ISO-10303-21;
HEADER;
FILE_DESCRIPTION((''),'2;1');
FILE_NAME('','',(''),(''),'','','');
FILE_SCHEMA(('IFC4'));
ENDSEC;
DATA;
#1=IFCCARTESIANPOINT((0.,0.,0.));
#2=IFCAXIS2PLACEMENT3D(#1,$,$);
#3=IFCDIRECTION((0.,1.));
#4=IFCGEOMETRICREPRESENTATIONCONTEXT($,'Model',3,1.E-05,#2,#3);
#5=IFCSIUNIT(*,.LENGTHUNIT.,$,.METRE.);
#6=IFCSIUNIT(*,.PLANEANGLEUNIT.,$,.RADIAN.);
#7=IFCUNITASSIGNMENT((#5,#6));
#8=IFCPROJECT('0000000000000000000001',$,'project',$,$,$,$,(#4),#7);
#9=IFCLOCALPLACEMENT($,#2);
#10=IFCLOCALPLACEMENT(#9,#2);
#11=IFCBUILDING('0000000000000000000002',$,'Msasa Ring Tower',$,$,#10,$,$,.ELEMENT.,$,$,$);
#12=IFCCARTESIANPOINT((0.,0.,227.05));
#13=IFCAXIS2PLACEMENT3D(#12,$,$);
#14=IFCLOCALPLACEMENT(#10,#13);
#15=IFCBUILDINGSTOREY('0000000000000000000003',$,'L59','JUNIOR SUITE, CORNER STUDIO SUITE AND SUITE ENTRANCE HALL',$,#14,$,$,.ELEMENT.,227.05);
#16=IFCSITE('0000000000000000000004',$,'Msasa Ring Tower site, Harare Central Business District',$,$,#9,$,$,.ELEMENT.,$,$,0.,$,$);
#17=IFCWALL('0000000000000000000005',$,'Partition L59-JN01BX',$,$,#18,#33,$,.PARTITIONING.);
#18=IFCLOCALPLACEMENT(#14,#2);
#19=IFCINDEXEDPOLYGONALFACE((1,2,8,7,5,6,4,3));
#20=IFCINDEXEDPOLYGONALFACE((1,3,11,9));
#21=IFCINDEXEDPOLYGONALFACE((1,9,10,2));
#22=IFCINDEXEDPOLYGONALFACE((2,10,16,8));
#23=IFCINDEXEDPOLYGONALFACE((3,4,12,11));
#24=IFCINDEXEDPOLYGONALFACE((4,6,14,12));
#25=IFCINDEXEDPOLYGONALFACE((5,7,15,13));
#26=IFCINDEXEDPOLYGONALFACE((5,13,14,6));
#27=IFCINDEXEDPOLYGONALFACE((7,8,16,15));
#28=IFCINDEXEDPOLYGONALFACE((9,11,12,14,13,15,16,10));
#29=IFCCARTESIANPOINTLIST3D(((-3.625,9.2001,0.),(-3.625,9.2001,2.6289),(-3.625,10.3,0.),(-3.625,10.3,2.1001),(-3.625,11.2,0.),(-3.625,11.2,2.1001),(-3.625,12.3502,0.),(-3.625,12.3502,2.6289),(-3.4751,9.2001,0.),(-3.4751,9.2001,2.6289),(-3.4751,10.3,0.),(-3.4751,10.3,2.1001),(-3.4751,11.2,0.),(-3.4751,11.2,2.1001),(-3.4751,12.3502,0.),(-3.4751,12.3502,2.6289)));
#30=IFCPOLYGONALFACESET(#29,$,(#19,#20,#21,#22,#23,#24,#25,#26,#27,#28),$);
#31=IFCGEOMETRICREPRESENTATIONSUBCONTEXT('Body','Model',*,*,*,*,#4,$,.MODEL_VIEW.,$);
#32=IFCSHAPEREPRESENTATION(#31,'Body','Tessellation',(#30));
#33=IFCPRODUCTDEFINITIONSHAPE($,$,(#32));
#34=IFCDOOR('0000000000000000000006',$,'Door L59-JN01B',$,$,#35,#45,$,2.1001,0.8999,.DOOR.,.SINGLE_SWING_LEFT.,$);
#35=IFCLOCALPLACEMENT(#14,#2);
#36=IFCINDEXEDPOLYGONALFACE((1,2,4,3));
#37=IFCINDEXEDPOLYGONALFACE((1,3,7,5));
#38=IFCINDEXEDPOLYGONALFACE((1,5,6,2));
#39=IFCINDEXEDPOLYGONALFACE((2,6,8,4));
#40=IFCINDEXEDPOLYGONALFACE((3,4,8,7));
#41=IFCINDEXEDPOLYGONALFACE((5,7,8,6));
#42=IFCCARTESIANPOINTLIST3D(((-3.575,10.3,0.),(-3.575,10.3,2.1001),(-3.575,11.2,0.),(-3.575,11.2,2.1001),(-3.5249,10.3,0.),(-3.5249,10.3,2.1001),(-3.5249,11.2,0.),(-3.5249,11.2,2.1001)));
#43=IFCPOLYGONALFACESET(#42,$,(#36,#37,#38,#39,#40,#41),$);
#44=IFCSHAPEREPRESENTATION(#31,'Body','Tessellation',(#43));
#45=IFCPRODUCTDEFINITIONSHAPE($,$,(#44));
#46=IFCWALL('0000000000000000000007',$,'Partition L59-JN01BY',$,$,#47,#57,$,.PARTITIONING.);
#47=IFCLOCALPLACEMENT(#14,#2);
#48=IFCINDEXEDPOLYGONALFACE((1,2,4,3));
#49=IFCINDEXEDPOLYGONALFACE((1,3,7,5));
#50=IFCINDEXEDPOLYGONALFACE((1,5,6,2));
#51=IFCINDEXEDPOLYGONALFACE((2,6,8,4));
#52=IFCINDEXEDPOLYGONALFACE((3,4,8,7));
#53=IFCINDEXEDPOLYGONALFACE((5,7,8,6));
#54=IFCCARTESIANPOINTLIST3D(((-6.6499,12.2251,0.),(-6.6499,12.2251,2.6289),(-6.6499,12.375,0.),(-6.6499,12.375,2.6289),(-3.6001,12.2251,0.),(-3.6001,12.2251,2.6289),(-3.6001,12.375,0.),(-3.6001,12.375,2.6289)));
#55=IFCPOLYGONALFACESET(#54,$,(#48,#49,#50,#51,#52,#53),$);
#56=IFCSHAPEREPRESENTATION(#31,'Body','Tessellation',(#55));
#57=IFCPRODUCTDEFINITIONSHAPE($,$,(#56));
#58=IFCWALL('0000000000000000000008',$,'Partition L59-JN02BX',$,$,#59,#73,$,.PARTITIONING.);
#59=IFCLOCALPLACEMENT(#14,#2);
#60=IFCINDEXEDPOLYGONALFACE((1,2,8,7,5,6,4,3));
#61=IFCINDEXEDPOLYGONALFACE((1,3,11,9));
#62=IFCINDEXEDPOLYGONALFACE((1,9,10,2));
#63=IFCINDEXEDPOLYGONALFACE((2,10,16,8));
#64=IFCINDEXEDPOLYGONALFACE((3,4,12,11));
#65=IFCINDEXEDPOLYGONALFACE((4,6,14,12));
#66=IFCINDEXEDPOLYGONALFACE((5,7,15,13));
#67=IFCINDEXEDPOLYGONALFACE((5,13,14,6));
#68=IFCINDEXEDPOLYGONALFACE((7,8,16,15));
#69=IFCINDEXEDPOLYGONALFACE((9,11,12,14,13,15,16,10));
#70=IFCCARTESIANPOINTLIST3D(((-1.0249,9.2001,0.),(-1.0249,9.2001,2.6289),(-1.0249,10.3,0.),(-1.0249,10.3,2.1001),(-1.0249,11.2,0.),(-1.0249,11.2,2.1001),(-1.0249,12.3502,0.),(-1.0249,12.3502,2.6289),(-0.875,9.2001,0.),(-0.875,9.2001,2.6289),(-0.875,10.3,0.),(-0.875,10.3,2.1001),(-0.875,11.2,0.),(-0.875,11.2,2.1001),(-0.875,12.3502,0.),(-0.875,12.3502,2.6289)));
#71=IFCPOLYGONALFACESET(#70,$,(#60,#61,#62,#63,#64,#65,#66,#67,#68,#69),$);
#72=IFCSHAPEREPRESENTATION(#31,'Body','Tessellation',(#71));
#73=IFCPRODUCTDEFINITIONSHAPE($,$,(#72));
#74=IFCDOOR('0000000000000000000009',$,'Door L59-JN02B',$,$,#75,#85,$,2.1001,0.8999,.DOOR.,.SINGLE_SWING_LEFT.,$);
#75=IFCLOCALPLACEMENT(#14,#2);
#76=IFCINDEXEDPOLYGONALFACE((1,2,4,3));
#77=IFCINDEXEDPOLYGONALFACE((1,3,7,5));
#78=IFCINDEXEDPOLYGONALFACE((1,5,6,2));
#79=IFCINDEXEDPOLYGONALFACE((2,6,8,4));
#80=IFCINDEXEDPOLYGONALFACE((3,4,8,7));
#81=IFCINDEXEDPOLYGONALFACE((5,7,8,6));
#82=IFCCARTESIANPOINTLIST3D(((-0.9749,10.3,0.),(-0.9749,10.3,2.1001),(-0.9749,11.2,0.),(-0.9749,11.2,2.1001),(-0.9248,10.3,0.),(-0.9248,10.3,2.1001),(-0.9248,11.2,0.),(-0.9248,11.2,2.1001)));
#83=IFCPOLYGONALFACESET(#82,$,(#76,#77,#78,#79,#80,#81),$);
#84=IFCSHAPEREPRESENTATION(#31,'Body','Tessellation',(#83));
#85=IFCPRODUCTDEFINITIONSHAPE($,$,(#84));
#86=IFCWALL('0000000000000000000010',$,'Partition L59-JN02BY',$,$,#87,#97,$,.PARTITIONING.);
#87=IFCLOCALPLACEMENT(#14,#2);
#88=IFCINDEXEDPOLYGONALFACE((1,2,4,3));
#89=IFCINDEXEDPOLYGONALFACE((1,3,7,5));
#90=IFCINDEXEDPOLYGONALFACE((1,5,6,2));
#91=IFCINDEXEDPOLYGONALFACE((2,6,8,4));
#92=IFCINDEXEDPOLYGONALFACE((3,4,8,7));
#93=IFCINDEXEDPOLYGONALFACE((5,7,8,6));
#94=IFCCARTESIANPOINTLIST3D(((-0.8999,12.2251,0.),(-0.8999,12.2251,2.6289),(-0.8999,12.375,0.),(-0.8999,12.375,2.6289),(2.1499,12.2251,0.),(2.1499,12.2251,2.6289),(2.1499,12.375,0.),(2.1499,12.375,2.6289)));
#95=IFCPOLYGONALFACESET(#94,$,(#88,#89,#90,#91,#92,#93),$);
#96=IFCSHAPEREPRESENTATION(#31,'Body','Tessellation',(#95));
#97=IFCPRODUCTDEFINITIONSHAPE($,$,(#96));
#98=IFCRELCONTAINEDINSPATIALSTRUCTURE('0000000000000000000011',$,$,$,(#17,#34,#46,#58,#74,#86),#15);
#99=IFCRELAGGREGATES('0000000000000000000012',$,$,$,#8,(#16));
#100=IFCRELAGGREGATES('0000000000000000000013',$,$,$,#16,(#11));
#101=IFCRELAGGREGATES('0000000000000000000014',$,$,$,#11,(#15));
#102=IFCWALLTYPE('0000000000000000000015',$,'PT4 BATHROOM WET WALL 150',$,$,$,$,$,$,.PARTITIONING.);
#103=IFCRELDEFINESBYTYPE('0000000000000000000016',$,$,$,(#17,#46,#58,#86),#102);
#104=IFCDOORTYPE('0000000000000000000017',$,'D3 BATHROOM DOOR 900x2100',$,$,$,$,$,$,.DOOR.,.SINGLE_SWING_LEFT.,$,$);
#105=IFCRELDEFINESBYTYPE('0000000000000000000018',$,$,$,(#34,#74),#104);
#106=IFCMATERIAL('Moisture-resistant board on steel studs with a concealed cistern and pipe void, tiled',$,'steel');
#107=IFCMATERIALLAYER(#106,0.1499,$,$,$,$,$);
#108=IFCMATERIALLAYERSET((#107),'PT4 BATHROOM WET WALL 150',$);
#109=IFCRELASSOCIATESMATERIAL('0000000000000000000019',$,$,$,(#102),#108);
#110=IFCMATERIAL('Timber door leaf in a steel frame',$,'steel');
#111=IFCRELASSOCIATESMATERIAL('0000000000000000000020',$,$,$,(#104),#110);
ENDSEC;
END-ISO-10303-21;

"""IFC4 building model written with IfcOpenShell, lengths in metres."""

from ifc_helpers import new_model, si_unit, direction, frame, frame_2d, origin, place, context, subcontext, project, spatial, rectangle, extrude, material, layer, layer_set, type_object, element, fill, save


model = new_model("IFC4")

# Units and contexts
model_context = context("Model", 3, precision=1e-05, world=origin(), true_north=direction((0.0, 1.0)))
body_context = subcontext(model_context, "Body", "Model", "MODEL_VIEW")
ifc_project = project(units=[si_unit("LENGTHUNIT", "METRE"), si_unit("PLANEANGLEUNIT", "RADIAN")], contexts=[model_context])

# Site, building, storey
site_placement = place(None, origin())
site = spatial("IfcSite", under=ifc_project, at=site_placement, Name="Msasa Ring Tower site, Harare Central Business District", CompositionType="ELEMENT", RefElevation=0.0)
building_placement = place(site_placement, origin())
building = spatial("IfcBuilding", under=site, at=building_placement, Name="Msasa Ring Tower", CompositionType="ELEMENT")
storey_placement = place(building_placement, frame((0.0, 0.0, 227.05)))
storey = spatial("IfcBuildingStorey", under=building, at=storey_placement, Name="L59", Description="JUNIOR SUITE, CORNER STUDIO SUITE AND SUITE ENTRANCE HALL", CompositionType="ELEMENT", Elevation=227.05)

# Shared definitions
ifc_material_1 = material(Name="Moisture-resistant board on steel studs with a concealed cistern and pipe void, tiled", Category="steel")
ifc_layer_1 = layer(ifc_material_1, 0.1499)
ifc_layer_set_1 = layer_set([ifc_layer_1], Name="PT4 BATHROOM WET WALL 150")
wall_type_1 = type_object("IfcWallType", Name="PT4 BATHROOM WET WALL 150", PredefinedType="PARTITIONING", material=ifc_layer_set_1)
ifc_material_2 = material(Name="Timber door leaf in a steel frame", Category="steel")
door_type = type_object("IfcDoorType", Name="D3 BATHROOM DOOR 900x2100", OperationType="SINGLE_SWING_LEFT", PredefinedType="DOOR", material=ifc_material_2)

# Wall, opening, door
wall_1_placement = place(storey_placement, frame((-3.55, 9.2, 0.0), z_axis=(0.0, 0.0, 1.0), x_axis=(0.0, 1.0, 0.0)))
wall_1 = element("IfcWall", 1, at=wall_1_placement, inside=storey, type_object=wall_type_1, Name="Partition L59-JN01BX", PredefinedType="PARTITIONING", context=body_context, shape_type="SweptSolid", body=[
    extrude(rectangle(XDim=3.1501, YDim=0.1499, at=frame_2d((1.5752, 0.0))), origin(), (0.0, 0.0, 1.0), 2.6289),
])
opening_1_placement = place(wall_1_placement, frame((1.1001, 0.0, 0.0)))
opening_1 = element("IfcOpeningElement", 2, at=opening_1_placement, cuts=wall_1, PredefinedType="OPENING", context=body_context, shape_type="SweptSolid", body=[
    extrude(rectangle(XDim=0.8999, YDim=2.1001, at=frame_2d((0.45, 1.05))), frame((0.0, 0.085, 0.0), z_axis=(0.0, -1.0, 0.0), x_axis=(1.0, 0.0, 0.0)), (0.0, 0.0, 1.0), 0.1699),
])
door_1_placement = place(opening_1_placement, origin())
door_1 = element("IfcDoor", 3, at=door_1_placement, inside=storey, type_object=door_type, Name="Door L59-JN01B", OperationType="SINGLE_SWING_LEFT", OverallHeight=2.1001, OverallWidth=0.8999, PredefinedType="DOOR", context=body_context, shape_type="SweptSolid", body=[
    extrude(rectangle(XDim=0.8999, YDim=2.1001, at=frame_2d((0.45, 1.05))), frame((0.0, 0.0249, 0.0), z_axis=(0.0, -1.0, 0.0), x_axis=(1.0, 0.0, 0.0)), (0.0, 0.0, 1.0), 0.05),
])
fill(opening_1, door_1)

# Wall
wall_2_placement = place(storey_placement, frame((-6.6499, 12.3, 0.0), z_axis=(0.0, 0.0, 1.0), x_axis=(1.0, 0.0, 0.0)))
element("IfcWall", 4, at=wall_2_placement, inside=storey, type_object=wall_type_1, Name="Partition L59-JN01BY", PredefinedType="PARTITIONING", context=body_context, shape_type="SweptSolid", body=[
    extrude(rectangle(XDim=3.0498, YDim=0.1499, at=frame_2d((1.5249, 0.0))), origin(), (0.0, 0.0, 1.0), 2.6289),
])

# Wall, opening, door
wall_3_placement = place(storey_placement, frame((-0.95, 9.2, 0.0), z_axis=(0.0, 0.0, 1.0), x_axis=(0.0, 1.0, 0.0)))
wall_3 = element("IfcWall", 5, at=wall_3_placement, inside=storey, type_object=wall_type_1, Name="Partition L59-JN02BX", PredefinedType="PARTITIONING", context=body_context, shape_type="SweptSolid", body=[
    extrude(rectangle(XDim=3.1501, YDim=0.1499, at=frame_2d((1.5752, 0.0))), origin(), (0.0, 0.0, 1.0), 2.6289),
])
opening_2_placement = place(wall_3_placement, frame((1.1001, 0.0, 0.0)))
opening_2 = element("IfcOpeningElement", 6, at=opening_2_placement, cuts=wall_3, PredefinedType="OPENING", context=body_context, shape_type="SweptSolid", body=[
    extrude(rectangle(XDim=0.8999, YDim=2.1001, at=frame_2d((0.45, 1.05))), frame((0.0, 0.085, 0.0), z_axis=(0.0, -1.0, 0.0), x_axis=(1.0, 0.0, 0.0)), (0.0, 0.0, 1.0), 0.1699),
])
door_2_placement = place(opening_2_placement, origin())
door_2 = element("IfcDoor", 7, at=door_2_placement, inside=storey, type_object=door_type, Name="Door L59-JN02B", OperationType="SINGLE_SWING_LEFT", OverallHeight=2.1001, OverallWidth=0.8999, PredefinedType="DOOR", context=body_context, shape_type="SweptSolid", body=[
    extrude(rectangle(XDim=0.8999, YDim=2.1001, at=frame_2d((0.45, 1.05))), frame((0.0, 0.0249, 0.0), z_axis=(0.0, -1.0, 0.0), x_axis=(1.0, 0.0, 0.0)), (0.0, 0.0, 1.0), 0.05),
])
fill(opening_2, door_2)

# Wall
wall_4_placement = place(storey_placement, frame((-0.8999, 12.3, 0.0), z_axis=(0.0, 0.0, 1.0), x_axis=(1.0, 0.0, 0.0)))
element("IfcWall", 8, at=wall_4_placement, inside=storey, type_object=wall_type_1, Name="Partition L59-JN02BY", PredefinedType="PARTITIONING", context=body_context, shape_type="SweptSolid", body=[
    extrude(rectangle(XDim=3.0498, YDim=0.1499, at=frame_2d((1.5249, 0.0))), origin(), (0.0, 0.0, 1.0), 2.6289),
])

save(model, "model.ifc")
